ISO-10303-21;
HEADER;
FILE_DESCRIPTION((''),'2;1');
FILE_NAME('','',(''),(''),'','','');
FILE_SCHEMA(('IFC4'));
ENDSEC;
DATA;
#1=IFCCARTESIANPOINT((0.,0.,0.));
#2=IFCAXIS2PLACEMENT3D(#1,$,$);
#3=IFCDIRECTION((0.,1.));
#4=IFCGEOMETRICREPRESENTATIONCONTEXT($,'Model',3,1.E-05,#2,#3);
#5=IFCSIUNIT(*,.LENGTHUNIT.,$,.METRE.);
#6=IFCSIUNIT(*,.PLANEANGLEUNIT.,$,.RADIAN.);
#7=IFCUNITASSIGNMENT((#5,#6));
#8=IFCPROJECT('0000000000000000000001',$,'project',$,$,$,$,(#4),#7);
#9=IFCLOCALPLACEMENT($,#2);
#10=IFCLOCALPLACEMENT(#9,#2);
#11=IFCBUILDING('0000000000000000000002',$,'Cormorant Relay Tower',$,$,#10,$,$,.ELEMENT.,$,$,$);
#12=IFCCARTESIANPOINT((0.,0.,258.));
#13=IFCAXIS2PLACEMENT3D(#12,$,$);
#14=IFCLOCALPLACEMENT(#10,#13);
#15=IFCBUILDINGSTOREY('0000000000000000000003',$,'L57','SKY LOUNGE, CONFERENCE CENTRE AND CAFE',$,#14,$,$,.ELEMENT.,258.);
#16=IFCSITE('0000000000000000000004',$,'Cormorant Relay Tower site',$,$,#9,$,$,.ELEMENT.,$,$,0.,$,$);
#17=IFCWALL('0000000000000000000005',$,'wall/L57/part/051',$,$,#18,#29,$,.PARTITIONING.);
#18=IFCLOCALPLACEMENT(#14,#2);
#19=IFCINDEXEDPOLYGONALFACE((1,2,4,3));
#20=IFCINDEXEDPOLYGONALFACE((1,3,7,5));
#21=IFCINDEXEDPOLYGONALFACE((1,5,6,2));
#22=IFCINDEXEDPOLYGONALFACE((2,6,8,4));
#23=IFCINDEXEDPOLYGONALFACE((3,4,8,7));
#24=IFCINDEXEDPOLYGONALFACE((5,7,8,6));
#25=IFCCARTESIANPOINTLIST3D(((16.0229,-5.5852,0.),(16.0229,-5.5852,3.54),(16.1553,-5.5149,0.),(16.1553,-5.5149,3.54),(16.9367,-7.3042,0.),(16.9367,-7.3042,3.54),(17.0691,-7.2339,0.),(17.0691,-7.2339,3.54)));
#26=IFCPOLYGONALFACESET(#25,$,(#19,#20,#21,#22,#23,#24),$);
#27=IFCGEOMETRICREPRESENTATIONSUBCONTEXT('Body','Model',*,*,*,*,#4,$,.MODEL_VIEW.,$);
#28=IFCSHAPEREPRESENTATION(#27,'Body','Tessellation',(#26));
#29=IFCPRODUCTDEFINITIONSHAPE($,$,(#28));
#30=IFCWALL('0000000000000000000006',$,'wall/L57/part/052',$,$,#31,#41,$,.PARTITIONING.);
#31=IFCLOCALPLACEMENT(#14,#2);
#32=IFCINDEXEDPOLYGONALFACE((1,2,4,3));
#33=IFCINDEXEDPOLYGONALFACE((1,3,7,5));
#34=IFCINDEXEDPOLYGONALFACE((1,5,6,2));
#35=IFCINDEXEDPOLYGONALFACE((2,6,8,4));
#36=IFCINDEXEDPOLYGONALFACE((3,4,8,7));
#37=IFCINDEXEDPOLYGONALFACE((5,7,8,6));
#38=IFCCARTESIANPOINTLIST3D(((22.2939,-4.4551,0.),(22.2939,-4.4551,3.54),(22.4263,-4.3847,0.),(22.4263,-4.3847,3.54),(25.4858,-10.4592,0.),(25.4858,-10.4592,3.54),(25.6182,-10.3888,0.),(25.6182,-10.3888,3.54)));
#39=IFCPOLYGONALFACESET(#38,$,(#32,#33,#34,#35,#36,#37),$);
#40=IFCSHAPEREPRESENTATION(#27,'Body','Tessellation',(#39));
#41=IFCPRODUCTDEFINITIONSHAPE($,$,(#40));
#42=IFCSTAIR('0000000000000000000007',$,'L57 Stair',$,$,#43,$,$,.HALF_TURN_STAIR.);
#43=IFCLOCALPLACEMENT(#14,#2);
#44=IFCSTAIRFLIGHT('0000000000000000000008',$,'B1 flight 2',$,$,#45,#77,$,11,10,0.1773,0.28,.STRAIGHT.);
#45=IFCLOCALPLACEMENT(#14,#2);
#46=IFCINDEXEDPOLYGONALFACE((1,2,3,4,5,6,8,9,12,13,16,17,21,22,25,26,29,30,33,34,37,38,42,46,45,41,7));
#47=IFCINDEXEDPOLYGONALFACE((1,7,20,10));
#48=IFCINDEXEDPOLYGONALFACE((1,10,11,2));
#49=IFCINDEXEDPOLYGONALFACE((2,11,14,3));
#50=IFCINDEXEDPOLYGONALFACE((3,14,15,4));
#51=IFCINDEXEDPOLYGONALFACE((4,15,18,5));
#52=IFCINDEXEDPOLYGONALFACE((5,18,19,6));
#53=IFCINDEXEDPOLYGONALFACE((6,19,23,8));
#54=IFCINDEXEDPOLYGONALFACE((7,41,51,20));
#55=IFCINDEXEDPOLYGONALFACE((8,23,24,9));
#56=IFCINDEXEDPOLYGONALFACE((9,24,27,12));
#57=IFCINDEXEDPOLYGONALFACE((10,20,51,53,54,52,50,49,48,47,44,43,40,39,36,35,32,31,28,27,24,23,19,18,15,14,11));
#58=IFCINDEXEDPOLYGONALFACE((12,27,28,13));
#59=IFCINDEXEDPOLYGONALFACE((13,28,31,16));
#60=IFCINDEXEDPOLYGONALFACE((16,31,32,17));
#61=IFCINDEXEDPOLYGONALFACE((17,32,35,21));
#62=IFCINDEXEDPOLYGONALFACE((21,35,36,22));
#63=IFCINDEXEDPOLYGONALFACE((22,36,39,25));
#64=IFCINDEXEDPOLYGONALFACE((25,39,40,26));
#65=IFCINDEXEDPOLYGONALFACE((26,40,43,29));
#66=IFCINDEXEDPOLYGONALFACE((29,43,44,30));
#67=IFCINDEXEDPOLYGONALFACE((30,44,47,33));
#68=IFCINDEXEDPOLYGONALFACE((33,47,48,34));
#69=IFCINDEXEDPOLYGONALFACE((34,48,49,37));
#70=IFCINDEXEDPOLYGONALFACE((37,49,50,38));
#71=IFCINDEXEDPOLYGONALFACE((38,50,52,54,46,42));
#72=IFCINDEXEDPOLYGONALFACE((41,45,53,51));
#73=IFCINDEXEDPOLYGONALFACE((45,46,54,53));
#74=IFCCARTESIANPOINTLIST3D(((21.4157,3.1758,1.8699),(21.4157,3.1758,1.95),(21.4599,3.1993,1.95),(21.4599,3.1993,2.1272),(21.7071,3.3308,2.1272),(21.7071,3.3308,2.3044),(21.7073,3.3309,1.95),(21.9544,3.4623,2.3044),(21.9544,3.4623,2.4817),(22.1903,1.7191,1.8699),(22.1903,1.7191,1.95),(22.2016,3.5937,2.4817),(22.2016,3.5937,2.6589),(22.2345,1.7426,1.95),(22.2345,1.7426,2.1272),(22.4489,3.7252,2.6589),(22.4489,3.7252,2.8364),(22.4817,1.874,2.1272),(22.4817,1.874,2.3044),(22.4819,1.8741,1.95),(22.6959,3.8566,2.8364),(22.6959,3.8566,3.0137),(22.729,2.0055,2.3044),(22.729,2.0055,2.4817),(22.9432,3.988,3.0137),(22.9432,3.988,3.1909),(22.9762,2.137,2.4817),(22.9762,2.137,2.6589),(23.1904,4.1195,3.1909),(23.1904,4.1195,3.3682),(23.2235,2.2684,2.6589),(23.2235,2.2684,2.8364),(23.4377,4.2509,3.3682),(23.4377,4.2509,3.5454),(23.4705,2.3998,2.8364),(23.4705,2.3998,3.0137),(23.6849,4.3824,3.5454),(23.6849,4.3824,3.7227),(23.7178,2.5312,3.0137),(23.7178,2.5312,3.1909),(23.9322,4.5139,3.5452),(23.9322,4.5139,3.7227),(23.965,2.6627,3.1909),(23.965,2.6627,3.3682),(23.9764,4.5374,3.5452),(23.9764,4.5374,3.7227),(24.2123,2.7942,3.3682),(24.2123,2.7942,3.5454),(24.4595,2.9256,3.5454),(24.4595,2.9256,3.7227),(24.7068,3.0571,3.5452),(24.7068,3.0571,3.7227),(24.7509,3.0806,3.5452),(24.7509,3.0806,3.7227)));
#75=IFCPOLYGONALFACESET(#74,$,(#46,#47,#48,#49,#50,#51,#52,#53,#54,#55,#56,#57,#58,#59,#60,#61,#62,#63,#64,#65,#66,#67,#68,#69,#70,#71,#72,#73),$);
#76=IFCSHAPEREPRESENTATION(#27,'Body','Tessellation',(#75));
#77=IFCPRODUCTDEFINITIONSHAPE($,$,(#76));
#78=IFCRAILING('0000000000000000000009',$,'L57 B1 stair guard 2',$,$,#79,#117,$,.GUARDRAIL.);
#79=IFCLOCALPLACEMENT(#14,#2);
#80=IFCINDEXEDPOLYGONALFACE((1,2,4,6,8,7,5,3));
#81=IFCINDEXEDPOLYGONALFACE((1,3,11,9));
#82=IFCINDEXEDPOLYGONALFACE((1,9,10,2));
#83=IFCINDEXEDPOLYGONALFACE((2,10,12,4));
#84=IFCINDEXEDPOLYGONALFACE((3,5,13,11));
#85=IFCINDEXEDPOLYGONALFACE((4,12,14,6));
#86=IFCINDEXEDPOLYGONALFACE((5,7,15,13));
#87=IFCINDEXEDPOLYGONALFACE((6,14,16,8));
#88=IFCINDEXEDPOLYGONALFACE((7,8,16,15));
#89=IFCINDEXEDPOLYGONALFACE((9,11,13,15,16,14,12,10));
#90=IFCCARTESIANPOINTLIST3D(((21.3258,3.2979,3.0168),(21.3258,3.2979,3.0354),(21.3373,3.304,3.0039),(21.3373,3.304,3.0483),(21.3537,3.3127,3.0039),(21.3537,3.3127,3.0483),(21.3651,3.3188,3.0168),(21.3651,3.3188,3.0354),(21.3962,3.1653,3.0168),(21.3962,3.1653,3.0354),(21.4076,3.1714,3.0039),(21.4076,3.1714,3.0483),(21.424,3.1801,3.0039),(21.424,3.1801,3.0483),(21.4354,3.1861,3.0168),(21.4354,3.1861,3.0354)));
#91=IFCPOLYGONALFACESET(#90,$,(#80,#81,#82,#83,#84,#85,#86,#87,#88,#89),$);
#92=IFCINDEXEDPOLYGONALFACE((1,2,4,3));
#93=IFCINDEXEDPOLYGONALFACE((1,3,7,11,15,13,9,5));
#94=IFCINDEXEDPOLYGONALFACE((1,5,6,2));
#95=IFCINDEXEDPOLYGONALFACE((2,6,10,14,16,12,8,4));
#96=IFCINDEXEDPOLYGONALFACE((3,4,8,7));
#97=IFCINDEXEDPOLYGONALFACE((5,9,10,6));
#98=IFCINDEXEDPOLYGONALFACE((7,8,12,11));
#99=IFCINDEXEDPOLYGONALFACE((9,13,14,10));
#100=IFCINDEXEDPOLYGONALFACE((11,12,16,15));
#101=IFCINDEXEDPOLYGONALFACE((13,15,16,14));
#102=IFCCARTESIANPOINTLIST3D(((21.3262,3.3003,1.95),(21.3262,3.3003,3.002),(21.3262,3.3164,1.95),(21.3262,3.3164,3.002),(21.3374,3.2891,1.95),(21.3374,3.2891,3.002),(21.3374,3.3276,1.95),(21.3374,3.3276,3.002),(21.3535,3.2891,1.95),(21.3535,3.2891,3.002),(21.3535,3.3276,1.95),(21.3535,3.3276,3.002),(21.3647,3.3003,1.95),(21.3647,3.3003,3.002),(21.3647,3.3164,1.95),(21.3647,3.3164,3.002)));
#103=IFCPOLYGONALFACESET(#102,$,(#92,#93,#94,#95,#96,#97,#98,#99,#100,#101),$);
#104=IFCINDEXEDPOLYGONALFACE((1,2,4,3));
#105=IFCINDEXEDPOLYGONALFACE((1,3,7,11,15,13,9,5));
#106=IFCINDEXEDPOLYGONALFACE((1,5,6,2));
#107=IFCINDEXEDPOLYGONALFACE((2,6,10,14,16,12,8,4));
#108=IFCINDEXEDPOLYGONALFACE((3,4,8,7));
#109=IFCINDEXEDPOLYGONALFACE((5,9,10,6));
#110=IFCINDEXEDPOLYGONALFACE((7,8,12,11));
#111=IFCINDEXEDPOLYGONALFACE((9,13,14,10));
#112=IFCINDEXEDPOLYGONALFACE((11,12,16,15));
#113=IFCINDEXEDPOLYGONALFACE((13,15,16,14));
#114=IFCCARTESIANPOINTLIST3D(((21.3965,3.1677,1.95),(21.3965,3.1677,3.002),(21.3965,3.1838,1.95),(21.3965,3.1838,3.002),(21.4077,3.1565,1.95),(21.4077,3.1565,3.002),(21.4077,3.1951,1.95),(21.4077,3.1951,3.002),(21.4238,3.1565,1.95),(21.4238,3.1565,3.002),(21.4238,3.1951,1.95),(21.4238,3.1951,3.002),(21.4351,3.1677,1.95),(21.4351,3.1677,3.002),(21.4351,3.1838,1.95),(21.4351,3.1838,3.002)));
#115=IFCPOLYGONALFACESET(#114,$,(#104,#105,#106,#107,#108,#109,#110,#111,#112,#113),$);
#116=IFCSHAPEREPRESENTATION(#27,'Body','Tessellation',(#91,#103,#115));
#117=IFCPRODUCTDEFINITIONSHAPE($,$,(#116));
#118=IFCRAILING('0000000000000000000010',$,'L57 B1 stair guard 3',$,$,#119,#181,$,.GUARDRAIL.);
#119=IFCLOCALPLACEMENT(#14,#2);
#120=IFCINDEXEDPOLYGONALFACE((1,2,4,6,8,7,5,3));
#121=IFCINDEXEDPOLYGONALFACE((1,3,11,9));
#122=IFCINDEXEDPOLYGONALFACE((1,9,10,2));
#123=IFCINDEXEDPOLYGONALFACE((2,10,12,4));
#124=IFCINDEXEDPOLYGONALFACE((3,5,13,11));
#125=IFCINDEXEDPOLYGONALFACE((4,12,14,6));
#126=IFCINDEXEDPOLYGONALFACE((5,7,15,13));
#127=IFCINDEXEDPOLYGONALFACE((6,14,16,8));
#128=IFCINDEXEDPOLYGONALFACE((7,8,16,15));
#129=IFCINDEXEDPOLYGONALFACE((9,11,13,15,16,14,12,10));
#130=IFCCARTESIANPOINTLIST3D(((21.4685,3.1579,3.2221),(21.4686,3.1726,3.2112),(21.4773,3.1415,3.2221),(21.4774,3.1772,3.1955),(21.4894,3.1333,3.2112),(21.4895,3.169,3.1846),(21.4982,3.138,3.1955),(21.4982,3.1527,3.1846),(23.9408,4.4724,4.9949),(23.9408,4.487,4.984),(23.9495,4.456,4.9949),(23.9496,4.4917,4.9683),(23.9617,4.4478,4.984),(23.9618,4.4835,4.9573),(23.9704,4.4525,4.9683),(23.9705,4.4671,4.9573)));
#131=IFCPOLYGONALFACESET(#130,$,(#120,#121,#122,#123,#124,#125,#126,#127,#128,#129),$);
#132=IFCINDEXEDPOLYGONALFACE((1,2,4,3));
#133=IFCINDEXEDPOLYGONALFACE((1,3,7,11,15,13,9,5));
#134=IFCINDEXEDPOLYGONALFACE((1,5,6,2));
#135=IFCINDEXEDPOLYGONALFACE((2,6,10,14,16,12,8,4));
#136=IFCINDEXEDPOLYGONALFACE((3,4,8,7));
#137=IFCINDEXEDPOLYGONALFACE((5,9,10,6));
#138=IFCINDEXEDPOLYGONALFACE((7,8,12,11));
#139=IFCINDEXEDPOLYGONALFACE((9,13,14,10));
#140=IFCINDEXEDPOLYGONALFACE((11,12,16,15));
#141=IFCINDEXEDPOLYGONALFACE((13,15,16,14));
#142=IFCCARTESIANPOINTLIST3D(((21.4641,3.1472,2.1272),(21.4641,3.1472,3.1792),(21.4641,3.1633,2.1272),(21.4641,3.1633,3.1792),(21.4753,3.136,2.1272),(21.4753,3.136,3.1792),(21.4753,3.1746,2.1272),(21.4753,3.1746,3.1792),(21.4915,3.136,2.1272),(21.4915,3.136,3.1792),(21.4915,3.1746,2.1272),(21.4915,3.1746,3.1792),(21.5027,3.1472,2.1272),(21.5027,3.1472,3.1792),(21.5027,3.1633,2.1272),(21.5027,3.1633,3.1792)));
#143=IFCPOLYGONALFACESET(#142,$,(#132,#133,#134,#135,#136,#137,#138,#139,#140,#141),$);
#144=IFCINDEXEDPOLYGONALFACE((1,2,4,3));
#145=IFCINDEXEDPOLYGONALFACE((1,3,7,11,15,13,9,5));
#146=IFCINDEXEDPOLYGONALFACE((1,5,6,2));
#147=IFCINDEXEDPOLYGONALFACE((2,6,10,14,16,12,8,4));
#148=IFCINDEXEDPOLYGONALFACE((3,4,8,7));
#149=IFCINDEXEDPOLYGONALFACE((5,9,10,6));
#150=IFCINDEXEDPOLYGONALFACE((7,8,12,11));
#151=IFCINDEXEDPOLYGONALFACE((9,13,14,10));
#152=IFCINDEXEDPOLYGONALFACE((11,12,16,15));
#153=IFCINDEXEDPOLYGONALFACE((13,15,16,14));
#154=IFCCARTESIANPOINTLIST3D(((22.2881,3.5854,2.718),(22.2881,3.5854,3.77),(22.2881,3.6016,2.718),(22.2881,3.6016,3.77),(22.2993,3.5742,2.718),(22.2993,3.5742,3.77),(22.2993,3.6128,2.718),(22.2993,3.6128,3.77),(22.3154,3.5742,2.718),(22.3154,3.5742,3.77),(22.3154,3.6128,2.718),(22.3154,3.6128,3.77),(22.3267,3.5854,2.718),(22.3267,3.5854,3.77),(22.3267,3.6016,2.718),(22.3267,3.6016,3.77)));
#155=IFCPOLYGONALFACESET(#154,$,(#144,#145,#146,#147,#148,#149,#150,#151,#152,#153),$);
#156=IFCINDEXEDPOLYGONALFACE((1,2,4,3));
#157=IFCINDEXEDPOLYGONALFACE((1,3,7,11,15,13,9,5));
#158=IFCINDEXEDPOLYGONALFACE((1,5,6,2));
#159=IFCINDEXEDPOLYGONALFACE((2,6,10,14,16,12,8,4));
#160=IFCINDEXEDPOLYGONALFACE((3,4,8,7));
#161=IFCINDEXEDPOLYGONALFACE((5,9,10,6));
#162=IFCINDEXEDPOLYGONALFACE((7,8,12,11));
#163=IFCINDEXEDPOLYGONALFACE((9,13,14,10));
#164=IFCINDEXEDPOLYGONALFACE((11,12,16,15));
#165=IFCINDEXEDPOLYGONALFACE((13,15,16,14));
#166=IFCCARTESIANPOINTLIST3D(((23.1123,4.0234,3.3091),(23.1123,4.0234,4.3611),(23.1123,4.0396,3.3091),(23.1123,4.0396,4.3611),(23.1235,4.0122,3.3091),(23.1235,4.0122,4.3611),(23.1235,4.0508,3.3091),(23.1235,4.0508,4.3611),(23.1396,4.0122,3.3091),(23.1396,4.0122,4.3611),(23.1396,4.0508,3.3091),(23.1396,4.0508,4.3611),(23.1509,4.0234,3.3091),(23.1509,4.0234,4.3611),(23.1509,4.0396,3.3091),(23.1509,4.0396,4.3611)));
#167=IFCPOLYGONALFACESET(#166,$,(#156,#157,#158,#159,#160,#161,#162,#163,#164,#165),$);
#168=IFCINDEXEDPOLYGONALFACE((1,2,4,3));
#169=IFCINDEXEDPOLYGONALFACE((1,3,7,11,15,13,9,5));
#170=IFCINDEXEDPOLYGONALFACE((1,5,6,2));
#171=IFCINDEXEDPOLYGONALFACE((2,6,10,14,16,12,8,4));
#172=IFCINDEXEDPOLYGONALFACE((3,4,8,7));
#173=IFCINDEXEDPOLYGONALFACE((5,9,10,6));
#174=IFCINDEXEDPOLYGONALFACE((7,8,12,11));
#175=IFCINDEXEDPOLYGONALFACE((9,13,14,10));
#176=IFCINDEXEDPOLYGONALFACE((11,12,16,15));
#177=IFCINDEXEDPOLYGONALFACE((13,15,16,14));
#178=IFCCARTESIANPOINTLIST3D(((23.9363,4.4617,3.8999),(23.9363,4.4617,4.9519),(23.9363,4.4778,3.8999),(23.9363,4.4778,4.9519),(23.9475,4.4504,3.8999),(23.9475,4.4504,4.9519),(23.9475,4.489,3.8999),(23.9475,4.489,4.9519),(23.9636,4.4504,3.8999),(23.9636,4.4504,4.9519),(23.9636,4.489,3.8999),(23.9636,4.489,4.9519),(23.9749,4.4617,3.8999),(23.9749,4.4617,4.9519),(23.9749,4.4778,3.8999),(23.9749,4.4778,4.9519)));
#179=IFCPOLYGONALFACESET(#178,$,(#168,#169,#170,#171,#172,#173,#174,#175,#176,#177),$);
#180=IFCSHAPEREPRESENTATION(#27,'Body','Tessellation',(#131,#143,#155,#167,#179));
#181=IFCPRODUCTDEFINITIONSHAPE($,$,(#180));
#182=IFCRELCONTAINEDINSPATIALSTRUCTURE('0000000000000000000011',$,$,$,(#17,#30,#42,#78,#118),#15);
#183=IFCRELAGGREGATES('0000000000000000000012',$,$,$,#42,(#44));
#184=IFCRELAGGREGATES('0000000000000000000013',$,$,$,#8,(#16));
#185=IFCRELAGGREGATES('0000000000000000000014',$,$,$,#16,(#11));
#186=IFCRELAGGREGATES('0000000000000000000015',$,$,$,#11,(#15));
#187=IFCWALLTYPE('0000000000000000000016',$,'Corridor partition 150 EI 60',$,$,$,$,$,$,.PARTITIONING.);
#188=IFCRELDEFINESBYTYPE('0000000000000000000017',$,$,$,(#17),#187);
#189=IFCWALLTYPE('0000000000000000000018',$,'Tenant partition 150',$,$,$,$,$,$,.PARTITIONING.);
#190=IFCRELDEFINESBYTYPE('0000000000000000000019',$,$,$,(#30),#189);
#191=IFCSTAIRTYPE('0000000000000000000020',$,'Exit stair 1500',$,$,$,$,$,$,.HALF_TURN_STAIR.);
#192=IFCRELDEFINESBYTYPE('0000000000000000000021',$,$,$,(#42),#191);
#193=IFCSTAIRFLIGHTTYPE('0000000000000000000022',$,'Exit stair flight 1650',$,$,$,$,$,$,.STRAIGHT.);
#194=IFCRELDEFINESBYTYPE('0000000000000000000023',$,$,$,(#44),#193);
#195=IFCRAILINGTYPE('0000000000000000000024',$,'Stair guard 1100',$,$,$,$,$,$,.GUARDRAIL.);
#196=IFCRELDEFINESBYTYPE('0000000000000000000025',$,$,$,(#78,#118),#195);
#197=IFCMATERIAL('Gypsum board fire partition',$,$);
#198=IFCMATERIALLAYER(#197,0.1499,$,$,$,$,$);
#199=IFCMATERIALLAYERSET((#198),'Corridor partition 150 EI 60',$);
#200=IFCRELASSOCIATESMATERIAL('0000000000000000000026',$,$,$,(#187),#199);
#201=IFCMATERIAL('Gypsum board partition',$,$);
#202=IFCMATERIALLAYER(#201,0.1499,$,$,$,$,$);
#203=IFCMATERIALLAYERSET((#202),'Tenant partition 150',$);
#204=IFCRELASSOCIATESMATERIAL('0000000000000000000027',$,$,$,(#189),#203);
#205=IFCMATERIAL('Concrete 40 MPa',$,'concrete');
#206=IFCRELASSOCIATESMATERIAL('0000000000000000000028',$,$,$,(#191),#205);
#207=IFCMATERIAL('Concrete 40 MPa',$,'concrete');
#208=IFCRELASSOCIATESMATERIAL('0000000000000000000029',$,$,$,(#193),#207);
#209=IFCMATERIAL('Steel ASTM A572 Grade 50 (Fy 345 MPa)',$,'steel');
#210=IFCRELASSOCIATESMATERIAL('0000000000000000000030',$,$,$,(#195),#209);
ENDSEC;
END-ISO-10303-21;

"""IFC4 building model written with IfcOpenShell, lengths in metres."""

from ifc_helpers import new_model, si_unit, direction, frame, frame_2d, origin, place, context, subcontext, project, spatial, polyline, rectangle, outline, extrude, material, layer, layer_set, type_object, element, aggregate, save


model = new_model("IFC4")

# Units and contexts
model_context = context("Model", 3, precision=1e-05, world=origin(), true_north=direction((0.0, 1.0)))
body_context = subcontext(model_context, "Body", "Model", "MODEL_VIEW")
ifc_project = project(units=[si_unit("LENGTHUNIT", "METRE"), si_unit("PLANEANGLEUNIT", "RADIAN")], contexts=[model_context])

# Site, building, storey
site_placement = place(None, origin())
site = spatial("IfcSite", under=ifc_project, at=site_placement, Name="Cormorant Relay Tower site", CompositionType="ELEMENT", RefElevation=0.0)
building_placement = place(site_placement, origin())
building = spatial("IfcBuilding", under=site, at=building_placement, Name="Cormorant Relay Tower", CompositionType="ELEMENT")
storey_placement = place(building_placement, frame((0.0, 0.0, 258.0)))
storey = spatial("IfcBuildingStorey", under=building, at=storey_placement, Name="L57", Description="SKY LOUNGE, CONFERENCE CENTRE AND CAFE", CompositionType="ELEMENT", Elevation=258.0)

# Shared definitions
ifc_material_1 = material(Name="Gypsum board fire partition")
ifc_layer_1 = layer(ifc_material_1, 0.1499)
ifc_layer_set_1 = layer_set([ifc_layer_1], Name="Corridor partition 150 EI 60")
wall_type_1 = type_object("IfcWallType", Name="Corridor partition 150 EI 60", PredefinedType="PARTITIONING", material=ifc_layer_set_1)

# Walls
wall_1_placement = place(storey_placement, frame((17.0029, -7.269, 0.0), z_axis=(0.0, 0.0, 1.0), x_axis=(-0.469397, 0.882987, 0.0)))
element("IfcWall", 1, at=wall_1_placement, inside=storey, type_object=wall_type_1, Name="wall/L57/part/051", PredefinedType="PARTITIONING", context=body_context, shape_type="SweptSolid", body=[
    extrude(rectangle(XDim=1.9468, YDim=0.1499, at=frame_2d((0.9734, 0.0))), origin(), (0.0, 0.0, 1.0), 3.54),
])
ifc_material_2 = material(Name="Gypsum board partition")
ifc_layer_2 = layer(ifc_material_2, 0.1499)
ifc_layer_set_2 = layer_set([ifc_layer_2], Name="Tenant partition 150")
wall_type_2 = type_object("IfcWallType", Name="Tenant partition 150", PredefinedType="PARTITIONING", material=ifc_layer_set_2)
wall_2_placement = place(storey_placement, frame((22.3601, -4.4199, 0.0), z_axis=(0.0, 0.0, 1.0), x_axis=(0.469406, -0.882982, 0.0)))
element("IfcWall", 2, at=wall_2_placement, inside=storey, type_object=wall_type_2, Name="wall/L57/part/052", PredefinedType="PARTITIONING", context=body_context, shape_type="SweptSolid", body=[
    extrude(rectangle(XDim=6.7998, YDim=0.1499, at=frame_2d((3.3999, 0.0))), origin(), (0.0, 0.0, 1.0), 3.54),
])

# Stair, stair flight
ifc_material_3 = material(Name="Concrete 40 MPa", Category="concrete")
stair_type = type_object("IfcStairType", Name="Exit stair 1500", PredefinedType="HALF_TURN_STAIR", material=ifc_material_3)
stair_placement = place(storey_placement, origin())
stair = element("IfcStair", 3, at=stair_placement, inside=storey, type_object=stair_type, Name="L57 Stair", PredefinedType="HALF_TURN_STAIR")
ifc_material_4 = material(Name="Concrete 40 MPa", Category="concrete")
stair_flight_type = type_object("IfcStairFlightType", Name="Exit stair flight 1650", PredefinedType="STRAIGHT", material=ifc_material_4)
stair_flight_placement = place(storey_placement, frame((21.8472, 2.4709, 1.95), z_axis=(0.0, 0.0, 1.0), x_axis=(0.882948, 0.469472, 0.0)))
stair_flight = element("IfcStairFlight", 4, at=stair_flight_placement, type_object=stair_flight_type, Name="B1 flight 2", NumberOfRisers=11, NumberOfTreads=10, PredefinedType="STRAIGHT", RiserHeight=0.1773, TreadLength=0.28, context=body_context, shape_type="SweptSolid", body=[
    extrude(outline(polyline([(-0.05, -0.0801), (-0.05, 0.0), (0.0, 0.0), (0.0, 0.1772), (0.28, 0.1772), (0.28, 0.3545), (0.5601, 0.3545), (0.5601, 0.5317), (0.8401, 0.5317), (0.8401, 0.709), (1.1201, 0.709), (1.1201, 0.8865), (1.3999, 0.8865), (1.3999, 1.0637), (1.6799, 1.0637), (1.6799, 1.241), (1.96, 1.241), (1.96, 1.4182), (2.24, 1.4182), (2.24, 1.5955), (2.52, 1.5955), (2.52, 1.7727), (2.8, 1.7727), (2.8501, 1.7727), (2.8501, 1.5952), (2.8, 1.5952), (0.2803, 0.0), (-0.05, -0.0801)])), frame((0.0, 0.825, 0.0), z_axis=(0.0, -1.0, 0.0), x_axis=(1.0, 0.0, 0.0)), (0.0, 0.0, 1.0), 1.6499),
])
aggregate(stair, [stair_flight])

# Railings
ifc_material_5 = material(Name="Steel ASTM A572 Grade 50 (Fy 345 MPa)", Category="steel")
railing_type_1 = type_object("IfcRailingType", Name="Stair guard 1100", PredefinedType="GUARDRAIL", material=ifc_material_5)
railing_1_placement = place(storey_placement, frame((21.3455, 3.3083, 1.95)))
element("IfcRailing", 5, at=railing_1_placement, inside=storey, type_object=railing_type_1, Name="L57 B1 stair guard 2", PredefinedType="GUARDRAIL", context=body_context, shape_type="SweptSolid", body=[
    extrude(outline(polyline([(0.0222, 0.0093), (0.0093, 0.0222), (-0.0093, 0.0222), (-0.0222, 0.0093), (-0.0222, -0.0093), (-0.0093, -0.0222), (0.0093, -0.0222), (0.0222, -0.0093), (0.0222, 0.0093)])), frame((0.0, 0.0, 1.0762), z_axis=(0.46856, -0.883431, 0.0), x_axis=(0.883431, 0.46856, 0.0)), (0.0, 0.0, 1.0), 0.1501),
    extrude(outline(polyline([(0.0193, 0.0081), (0.0081, 0.0193), (-0.0081, 0.0193), (-0.0193, 0.0081), (-0.0193, -0.0081), (-0.0081, -0.0193), (0.0081, -0.0193), (0.0193, -0.0081), (0.0193, 0.0081)])), origin(), (0.0, 0.0, 1.0), 1.052),
    extrude(outline(polyline([(0.0193, 0.0081), (0.0081, 0.0193), (-0.0081, 0.0193), (-0.0193, 0.0081), (-0.0193, -0.0081), (-0.0081, -0.0193), (0.0081, -0.0193), (0.0193, -0.0081), (0.0193, 0.0081)])), frame((0.0703, -0.1326, 0.0)), (0.0, 0.0, 1.0), 1.052),
])
railing_2_placement = place(storey_placement, frame((21.4834, 3.1553, 2.1272)))
element("IfcRailing", 6, at=railing_2_placement, inside=storey, type_object=railing_type_1, Name="L57 B1 stair guard 3", PredefinedType="GUARDRAIL", context=body_context, shape_type="SweptSolid", body=[
    extrude(outline(polyline([(0.0222, 0.0093), (0.0093, 0.0222), (-0.0093, 0.0222), (-0.0222, 0.0093), (-0.0222, -0.0093), (-0.0093, -0.0222), (0.0093, -0.0222), (0.0222, -0.0093), (0.0222, 0.0093)])), frame((0.0, 0.0, 1.0762), z_axis=(0.746001, 0.396649, 0.534931), x_axis=(-0.469465, 0.882951, 0.0)), (0.0, 0.0, 1.0), 3.314),
    extrude(outline(polyline([(0.0193, 0.0081), (0.0081, 0.0193), (-0.0081, 0.0193), (-0.0193, 0.0081), (-0.0193, -0.0081), (-0.0081, -0.0193), (0.0081, -0.0193), (0.0193, -0.0081), (0.0193, 0.0081)])), origin(), (0.0, 0.0, 1.0), 1.052),
    extrude(outline(polyline([(0.0193, 0.0081), (0.0081, 0.0193), (-0.0081, 0.0193), (-0.0193, 0.0081), (-0.0193, -0.0081), (-0.0081, -0.0193), (0.0081, -0.0193), (0.0193, -0.0081), (0.0193, 0.0081)])), frame((0.824, 0.4382, 0.5908)), (0.0, 0.0, 1.0), 1.052),
    extrude(outline(polyline([(0.0193, 0.0081), (0.0081, 0.0193), (-0.0081, 0.0193), (-0.0193, 0.0081), (-0.0193, -0.0081), (-0.0081, -0.0193), (0.0081, -0.0193), (0.0193, -0.0081), (0.0193, 0.0081)])), frame((1.6482, 0.8762, 1.1819)), (0.0, 0.0, 1.0), 1.052),
    extrude(outline(polyline([(0.0193, 0.0081), (0.0081, 0.0193), (-0.0081, 0.0193), (-0.0193, 0.0081), (-0.0193, -0.0081), (-0.0081, -0.0193), (0.0081, -0.0193), (0.0193, -0.0081), (0.0193, 0.0081)])), frame((2.4722, 1.3145, 1.7727)), (0.0, 0.0, 1.0), 1.052),
])

save(model, "model.ifc")
